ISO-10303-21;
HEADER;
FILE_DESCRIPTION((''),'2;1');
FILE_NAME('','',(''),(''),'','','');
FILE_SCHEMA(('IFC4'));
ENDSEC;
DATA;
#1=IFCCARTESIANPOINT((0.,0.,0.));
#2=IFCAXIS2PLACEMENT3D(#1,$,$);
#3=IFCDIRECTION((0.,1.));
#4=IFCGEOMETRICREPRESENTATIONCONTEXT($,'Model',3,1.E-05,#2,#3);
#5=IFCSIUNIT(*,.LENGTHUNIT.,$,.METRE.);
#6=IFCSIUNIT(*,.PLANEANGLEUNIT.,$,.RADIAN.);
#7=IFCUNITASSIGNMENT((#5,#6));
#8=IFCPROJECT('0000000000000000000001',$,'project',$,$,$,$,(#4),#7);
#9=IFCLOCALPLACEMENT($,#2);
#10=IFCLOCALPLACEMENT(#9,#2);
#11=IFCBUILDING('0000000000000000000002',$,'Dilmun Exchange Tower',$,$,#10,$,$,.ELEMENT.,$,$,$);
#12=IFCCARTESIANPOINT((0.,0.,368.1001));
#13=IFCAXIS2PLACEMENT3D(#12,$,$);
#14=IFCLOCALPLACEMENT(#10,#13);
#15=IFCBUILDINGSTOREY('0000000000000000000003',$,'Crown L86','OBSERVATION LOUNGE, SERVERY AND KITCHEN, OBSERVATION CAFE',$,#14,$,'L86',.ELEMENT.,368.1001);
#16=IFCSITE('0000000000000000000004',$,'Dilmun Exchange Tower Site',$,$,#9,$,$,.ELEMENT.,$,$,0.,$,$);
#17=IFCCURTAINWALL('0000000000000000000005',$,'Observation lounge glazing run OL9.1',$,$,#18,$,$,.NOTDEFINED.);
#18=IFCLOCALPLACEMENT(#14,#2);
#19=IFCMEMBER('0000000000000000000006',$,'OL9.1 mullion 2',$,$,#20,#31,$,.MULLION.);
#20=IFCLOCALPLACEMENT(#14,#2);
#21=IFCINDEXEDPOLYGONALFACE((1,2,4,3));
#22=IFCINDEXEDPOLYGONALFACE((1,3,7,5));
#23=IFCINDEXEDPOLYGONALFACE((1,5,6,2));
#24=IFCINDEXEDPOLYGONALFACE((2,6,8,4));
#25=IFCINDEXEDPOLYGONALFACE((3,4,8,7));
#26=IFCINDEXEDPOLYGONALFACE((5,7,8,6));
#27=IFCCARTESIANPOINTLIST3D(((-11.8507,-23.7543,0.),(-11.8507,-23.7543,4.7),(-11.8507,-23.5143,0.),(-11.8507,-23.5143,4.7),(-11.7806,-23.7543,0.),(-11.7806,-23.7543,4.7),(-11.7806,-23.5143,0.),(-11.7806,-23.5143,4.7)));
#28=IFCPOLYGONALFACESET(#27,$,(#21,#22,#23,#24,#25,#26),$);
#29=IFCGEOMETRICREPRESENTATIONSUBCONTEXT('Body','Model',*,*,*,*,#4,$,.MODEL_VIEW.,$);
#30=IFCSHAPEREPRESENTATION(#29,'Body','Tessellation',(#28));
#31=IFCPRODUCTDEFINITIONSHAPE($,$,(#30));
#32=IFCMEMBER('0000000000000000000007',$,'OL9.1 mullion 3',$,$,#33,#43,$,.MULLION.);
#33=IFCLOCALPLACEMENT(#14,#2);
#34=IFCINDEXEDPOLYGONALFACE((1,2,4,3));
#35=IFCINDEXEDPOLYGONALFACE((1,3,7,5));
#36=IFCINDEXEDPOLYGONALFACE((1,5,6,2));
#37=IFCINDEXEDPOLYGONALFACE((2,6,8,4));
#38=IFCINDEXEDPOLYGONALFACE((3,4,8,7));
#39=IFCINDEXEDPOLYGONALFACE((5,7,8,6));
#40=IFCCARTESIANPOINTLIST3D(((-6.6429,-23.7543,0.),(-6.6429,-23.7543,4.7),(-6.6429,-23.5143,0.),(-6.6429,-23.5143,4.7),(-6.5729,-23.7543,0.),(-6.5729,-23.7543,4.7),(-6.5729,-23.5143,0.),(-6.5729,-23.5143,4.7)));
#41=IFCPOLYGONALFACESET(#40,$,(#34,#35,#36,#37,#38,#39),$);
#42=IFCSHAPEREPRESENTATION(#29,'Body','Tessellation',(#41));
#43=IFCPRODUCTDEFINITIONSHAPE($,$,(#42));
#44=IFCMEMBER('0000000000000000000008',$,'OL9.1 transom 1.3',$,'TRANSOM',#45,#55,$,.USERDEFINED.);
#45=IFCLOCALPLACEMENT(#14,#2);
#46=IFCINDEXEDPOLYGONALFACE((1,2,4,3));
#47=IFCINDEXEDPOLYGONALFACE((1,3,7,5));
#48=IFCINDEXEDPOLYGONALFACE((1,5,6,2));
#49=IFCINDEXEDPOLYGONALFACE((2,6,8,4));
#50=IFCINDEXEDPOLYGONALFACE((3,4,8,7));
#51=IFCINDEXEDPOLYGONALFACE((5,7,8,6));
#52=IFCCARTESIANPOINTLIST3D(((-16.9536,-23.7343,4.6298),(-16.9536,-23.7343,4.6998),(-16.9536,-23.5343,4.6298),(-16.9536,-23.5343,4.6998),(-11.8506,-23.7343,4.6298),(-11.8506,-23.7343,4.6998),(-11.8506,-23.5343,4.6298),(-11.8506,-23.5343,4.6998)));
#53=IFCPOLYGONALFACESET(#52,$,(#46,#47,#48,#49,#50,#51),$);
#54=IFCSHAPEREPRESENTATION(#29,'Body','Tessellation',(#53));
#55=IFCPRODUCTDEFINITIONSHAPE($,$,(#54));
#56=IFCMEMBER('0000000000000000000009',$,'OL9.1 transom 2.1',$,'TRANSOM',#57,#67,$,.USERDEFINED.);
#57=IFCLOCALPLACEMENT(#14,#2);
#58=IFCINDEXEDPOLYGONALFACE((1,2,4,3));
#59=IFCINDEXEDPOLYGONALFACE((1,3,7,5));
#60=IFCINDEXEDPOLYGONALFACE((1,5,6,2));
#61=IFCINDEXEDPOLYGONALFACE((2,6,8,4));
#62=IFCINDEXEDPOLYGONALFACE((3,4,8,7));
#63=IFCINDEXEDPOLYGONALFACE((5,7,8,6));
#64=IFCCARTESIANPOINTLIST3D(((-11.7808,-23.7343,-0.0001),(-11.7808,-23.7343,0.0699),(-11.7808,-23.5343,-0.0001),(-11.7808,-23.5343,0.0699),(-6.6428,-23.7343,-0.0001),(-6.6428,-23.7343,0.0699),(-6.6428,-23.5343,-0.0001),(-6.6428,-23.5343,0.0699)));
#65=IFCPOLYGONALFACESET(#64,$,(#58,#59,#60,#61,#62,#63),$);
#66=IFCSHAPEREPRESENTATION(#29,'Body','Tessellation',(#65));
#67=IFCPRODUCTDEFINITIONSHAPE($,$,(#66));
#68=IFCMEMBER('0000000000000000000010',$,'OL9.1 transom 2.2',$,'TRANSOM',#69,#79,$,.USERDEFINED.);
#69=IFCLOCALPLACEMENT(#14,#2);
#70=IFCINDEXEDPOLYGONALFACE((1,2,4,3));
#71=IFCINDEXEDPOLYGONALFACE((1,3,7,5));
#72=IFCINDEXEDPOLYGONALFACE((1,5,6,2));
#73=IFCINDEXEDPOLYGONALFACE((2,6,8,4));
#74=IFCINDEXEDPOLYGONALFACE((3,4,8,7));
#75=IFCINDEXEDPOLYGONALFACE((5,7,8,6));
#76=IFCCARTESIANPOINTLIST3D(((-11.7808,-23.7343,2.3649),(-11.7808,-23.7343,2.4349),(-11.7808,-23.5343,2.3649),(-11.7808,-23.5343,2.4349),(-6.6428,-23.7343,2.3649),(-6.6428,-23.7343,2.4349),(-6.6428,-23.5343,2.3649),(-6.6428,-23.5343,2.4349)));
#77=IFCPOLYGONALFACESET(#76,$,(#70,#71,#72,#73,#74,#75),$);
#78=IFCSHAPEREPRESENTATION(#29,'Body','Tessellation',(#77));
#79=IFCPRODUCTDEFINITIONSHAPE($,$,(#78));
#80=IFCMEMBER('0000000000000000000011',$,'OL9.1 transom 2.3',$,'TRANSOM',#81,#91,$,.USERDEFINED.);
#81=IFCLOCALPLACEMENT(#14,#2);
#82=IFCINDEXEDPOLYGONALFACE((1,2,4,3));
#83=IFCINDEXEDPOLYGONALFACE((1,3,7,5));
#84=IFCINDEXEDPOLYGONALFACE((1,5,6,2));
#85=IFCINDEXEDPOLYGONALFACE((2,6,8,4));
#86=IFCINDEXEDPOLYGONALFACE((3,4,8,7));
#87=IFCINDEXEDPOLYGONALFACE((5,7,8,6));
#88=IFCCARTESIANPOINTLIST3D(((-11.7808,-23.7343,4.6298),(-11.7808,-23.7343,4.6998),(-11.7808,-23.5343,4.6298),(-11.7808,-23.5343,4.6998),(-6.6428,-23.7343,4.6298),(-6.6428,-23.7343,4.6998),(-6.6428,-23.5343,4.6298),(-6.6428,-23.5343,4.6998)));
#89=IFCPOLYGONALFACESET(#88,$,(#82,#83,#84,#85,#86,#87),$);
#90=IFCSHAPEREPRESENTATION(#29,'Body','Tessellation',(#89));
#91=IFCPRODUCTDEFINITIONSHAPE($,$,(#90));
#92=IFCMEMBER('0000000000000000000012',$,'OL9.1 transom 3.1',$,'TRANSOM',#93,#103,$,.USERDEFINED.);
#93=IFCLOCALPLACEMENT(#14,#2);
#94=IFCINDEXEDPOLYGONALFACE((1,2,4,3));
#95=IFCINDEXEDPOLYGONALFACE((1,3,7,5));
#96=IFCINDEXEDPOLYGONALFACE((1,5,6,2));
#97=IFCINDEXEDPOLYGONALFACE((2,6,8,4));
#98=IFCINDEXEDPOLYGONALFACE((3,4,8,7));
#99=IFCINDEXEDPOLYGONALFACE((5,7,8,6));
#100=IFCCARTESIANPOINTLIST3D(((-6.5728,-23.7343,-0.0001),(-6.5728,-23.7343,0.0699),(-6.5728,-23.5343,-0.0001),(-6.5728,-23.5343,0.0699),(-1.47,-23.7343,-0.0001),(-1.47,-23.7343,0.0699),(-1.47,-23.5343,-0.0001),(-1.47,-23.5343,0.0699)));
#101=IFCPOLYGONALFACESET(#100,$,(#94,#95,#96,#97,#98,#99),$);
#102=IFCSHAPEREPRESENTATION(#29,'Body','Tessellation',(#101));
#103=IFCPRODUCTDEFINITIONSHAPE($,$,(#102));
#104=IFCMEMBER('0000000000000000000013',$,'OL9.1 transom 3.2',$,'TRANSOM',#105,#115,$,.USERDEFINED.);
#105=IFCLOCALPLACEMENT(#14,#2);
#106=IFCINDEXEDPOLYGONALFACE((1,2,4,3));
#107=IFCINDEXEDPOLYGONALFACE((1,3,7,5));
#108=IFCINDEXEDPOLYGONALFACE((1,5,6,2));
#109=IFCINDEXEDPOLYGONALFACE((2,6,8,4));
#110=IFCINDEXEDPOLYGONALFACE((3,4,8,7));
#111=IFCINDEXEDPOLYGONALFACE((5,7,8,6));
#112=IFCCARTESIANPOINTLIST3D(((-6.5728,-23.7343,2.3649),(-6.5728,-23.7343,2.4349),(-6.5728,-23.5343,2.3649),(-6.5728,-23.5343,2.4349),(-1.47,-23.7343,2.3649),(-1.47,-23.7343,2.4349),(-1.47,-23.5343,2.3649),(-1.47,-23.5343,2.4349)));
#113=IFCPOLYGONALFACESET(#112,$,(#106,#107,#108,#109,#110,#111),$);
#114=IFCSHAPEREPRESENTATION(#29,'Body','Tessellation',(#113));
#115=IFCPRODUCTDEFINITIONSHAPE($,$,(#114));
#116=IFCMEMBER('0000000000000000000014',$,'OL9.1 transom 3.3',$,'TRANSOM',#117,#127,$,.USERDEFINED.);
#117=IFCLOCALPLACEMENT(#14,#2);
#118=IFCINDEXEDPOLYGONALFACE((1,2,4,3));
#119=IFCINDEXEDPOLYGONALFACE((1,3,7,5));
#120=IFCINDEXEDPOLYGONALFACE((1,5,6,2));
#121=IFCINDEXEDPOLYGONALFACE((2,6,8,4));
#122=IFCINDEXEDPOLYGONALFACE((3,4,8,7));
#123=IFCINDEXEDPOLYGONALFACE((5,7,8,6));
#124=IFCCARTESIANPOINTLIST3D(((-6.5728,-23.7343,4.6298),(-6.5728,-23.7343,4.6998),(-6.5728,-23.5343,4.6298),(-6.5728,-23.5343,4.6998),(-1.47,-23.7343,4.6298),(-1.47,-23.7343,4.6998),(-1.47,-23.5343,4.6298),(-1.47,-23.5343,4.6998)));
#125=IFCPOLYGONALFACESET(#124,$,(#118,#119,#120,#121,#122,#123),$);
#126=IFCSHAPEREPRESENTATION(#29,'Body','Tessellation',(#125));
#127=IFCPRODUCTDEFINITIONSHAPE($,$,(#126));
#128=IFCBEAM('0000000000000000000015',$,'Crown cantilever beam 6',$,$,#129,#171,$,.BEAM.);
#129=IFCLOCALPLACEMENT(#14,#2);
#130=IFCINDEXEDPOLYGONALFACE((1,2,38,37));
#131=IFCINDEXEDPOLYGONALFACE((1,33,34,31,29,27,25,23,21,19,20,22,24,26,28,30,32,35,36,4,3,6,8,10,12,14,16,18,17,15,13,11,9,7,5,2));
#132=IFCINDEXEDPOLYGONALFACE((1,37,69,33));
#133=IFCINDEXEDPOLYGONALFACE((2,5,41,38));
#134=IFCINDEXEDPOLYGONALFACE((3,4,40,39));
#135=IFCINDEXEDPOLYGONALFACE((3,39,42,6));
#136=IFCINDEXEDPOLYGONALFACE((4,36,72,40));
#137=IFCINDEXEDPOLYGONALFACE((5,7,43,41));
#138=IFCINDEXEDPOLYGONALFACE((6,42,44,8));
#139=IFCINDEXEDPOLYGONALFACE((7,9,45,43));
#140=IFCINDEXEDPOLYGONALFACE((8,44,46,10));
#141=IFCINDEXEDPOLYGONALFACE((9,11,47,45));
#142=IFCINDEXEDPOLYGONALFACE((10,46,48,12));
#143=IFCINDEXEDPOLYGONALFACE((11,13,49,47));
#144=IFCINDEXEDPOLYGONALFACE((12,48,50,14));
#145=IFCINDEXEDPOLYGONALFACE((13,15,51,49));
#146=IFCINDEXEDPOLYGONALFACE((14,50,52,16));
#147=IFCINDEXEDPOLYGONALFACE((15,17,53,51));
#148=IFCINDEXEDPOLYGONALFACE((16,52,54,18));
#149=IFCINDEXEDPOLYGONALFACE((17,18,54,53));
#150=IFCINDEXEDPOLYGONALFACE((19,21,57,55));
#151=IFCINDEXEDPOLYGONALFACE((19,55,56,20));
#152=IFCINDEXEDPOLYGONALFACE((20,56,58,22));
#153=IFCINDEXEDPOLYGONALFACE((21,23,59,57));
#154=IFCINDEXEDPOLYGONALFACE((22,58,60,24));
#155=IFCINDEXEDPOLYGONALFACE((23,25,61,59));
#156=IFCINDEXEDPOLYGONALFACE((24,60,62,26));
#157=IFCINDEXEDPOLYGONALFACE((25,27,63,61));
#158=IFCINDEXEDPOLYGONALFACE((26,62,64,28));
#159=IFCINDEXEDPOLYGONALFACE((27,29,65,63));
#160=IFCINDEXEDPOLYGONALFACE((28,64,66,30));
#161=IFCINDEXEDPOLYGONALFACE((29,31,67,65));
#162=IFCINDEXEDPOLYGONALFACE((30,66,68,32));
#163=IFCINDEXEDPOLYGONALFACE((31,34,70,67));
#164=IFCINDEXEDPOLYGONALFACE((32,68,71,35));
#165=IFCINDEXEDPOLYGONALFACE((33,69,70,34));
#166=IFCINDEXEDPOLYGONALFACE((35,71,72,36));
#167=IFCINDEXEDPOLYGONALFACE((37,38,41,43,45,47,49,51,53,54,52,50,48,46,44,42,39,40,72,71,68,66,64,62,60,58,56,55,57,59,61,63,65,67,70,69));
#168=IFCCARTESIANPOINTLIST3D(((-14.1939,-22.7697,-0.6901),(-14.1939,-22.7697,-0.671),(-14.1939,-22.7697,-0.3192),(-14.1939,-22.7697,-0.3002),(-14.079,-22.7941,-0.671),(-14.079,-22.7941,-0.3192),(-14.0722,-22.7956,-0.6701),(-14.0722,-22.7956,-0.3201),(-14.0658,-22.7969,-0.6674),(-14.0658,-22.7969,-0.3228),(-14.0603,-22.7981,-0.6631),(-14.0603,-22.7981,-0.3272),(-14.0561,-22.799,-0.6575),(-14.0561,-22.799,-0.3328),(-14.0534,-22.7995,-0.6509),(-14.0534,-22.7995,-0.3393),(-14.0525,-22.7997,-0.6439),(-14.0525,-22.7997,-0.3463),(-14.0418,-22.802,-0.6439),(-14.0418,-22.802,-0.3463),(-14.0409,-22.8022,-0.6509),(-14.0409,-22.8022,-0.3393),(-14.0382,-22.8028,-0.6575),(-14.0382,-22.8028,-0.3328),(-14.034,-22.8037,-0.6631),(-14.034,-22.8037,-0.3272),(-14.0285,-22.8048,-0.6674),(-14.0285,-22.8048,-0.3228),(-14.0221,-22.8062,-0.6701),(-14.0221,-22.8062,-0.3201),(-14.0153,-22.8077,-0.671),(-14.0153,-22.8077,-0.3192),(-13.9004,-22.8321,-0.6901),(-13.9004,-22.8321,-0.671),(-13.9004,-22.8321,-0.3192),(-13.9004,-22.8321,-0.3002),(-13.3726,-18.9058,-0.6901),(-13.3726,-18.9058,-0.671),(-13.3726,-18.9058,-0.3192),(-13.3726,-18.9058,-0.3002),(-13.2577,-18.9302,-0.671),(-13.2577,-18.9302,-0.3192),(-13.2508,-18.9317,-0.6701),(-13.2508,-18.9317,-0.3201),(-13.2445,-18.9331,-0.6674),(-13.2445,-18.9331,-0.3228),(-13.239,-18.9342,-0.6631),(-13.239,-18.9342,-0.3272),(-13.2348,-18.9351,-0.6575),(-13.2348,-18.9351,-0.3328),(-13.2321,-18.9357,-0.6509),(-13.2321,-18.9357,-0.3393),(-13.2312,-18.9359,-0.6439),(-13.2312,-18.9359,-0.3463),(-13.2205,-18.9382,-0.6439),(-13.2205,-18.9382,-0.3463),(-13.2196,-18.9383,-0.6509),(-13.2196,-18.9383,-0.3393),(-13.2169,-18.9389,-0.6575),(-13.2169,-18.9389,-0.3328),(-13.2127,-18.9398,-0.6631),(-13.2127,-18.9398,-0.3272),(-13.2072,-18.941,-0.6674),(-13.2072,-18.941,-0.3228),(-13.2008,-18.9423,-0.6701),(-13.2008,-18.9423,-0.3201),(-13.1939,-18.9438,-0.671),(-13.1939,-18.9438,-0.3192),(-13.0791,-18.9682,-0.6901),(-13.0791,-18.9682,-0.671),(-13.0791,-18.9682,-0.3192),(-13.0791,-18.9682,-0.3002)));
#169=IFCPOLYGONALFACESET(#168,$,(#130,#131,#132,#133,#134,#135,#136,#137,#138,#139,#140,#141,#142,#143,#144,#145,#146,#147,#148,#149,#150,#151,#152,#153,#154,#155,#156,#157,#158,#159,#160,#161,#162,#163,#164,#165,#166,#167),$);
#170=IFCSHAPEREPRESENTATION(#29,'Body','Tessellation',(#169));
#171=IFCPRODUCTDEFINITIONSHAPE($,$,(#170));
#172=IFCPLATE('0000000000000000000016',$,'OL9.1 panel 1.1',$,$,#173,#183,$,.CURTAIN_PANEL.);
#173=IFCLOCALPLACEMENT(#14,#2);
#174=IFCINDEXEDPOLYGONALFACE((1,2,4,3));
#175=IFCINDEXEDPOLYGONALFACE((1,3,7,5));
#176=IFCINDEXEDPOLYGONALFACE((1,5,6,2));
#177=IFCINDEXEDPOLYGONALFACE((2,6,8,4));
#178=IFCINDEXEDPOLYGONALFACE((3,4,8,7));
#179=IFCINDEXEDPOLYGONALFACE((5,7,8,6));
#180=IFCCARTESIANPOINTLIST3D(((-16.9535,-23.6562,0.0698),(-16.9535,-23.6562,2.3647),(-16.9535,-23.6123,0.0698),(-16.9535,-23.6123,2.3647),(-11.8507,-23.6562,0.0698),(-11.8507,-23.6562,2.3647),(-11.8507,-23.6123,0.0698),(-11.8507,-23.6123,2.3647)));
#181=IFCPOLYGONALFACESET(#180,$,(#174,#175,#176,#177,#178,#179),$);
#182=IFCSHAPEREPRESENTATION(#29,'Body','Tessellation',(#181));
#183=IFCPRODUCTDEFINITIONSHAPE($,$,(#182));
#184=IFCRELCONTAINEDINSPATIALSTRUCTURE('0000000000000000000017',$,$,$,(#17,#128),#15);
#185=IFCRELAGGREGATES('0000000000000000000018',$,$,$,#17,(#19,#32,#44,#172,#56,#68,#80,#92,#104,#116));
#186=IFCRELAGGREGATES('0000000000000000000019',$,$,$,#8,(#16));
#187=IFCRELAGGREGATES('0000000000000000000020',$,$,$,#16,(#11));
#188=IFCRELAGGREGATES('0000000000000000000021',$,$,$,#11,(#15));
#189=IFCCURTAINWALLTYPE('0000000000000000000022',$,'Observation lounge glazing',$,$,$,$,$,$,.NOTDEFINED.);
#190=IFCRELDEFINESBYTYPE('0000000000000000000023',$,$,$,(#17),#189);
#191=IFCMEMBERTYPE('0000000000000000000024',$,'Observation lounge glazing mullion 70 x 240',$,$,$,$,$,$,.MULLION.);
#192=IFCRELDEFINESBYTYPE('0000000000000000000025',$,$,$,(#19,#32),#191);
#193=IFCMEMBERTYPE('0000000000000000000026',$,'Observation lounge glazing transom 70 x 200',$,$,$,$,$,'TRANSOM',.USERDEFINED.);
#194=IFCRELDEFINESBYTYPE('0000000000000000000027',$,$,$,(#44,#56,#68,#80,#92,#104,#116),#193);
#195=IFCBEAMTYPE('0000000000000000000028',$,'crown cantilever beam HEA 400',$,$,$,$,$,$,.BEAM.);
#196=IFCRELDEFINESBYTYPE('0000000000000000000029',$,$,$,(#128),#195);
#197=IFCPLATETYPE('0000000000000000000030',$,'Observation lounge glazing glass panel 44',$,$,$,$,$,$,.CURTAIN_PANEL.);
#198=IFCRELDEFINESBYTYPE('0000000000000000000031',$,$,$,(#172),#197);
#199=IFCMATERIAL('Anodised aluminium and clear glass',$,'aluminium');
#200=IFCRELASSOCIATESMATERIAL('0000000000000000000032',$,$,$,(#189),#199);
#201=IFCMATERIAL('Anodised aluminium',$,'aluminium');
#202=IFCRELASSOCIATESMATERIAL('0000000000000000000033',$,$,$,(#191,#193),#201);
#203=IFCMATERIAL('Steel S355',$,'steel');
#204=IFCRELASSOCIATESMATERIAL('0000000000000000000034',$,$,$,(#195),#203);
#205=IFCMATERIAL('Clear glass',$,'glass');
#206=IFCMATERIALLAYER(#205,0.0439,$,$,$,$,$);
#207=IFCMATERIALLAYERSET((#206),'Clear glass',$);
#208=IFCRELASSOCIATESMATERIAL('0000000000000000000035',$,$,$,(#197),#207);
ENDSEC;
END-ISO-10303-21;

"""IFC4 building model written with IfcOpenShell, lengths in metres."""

from ifc_helpers import new_model, si_unit, direction, frame, origin, origin_2d, place, context, subcontext, project, spatial, rectangle, i_section, extrude, material, layer, layer_set, material_profile, profile_set, type_object, element, aggregate, save


model = new_model("IFC4")

# Units and contexts
model_context = context("Model", 3, precision=1e-05, world=origin(), true_north=direction((0.0, 1.0)))
body_context = subcontext(model_context, "Body", "Model", "MODEL_VIEW")
ifc_project = project(units=[si_unit("LENGTHUNIT", "METRE"), si_unit("PLANEANGLEUNIT", "RADIAN")], contexts=[model_context])

# Site, building, storey
site_placement = place(None, origin())
site = spatial("IfcSite", under=ifc_project, at=site_placement, Name="Dilmun Exchange Tower Site", CompositionType="ELEMENT", RefElevation=0.0)
building_placement = place(site_placement, origin())
building = spatial("IfcBuilding", under=site, at=building_placement, Name="Dilmun Exchange Tower", CompositionType="ELEMENT")
storey_placement = place(building_placement, frame((0.0, 0.0, 368.1001)))
storey = spatial("IfcBuildingStorey", under=building, at=storey_placement, Name="Crown L86", Description="OBSERVATION LOUNGE, SERVERY AND KITCHEN, OBSERVATION CAFE", LongName="L86", CompositionType="ELEMENT", Elevation=368.1001)

# Shared definitions
ifc_material_1 = material(Name="Steel S355", Category="steel")

# Curtain wall, members
ifc_material_2 = material(Name="Anodised aluminium and clear glass", Category="aluminium")
curtain_wall_type = type_object("IfcCurtainWallType", Name="Observation lounge glazing", PredefinedType="NOTDEFINED", material=ifc_material_2)
curtain_wall_placement = place(storey_placement, origin())
curtain_wall = element("IfcCurtainWall", 1, at=curtain_wall_placement, inside=storey, type_object=curtain_wall_type, Name="Observation lounge glazing run OL9.1", PredefinedType="NOTDEFINED")
ifc_material_3 = material(Name="Anodised aluminium", Category="aluminium")
ifc_material_profile_1 = material_profile(ifc_material_3, rectangle(XDim=0.24, YDim=0.0701, at=origin_2d()), Name="AL 70x240")
ifc_profile_set_1 = profile_set([ifc_material_profile_1], Name="Anodised aluminium")
member_type_1 = type_object("IfcMemberType", Name="Observation lounge glazing mullion 70 x 240", PredefinedType="MULLION", material=ifc_profile_set_1)
member_1_placement = place(storey_placement, frame((-11.8157, -23.6343, 0.0), z_axis=(0.0, 0.0, 1.0), x_axis=(0.0, 1.0, 0.0)))
member_1 = element("IfcMember", 2, at=member_1_placement, type_object=member_type_1, Name="OL9.1 mullion 2", PredefinedType="MULLION", context=body_context, shape_type="SweptSolid", body=[
    extrude(rectangle(XDim=0.24, YDim=0.0701, at=origin_2d()), origin(), (0.0, 0.0, 1.0), 4.7),
])
member_2_placement = place(storey_placement, frame((-6.6079, -23.6343, 0.0), z_axis=(0.0, 0.0, 1.0), x_axis=(0.0, 1.0, 0.0)))
member_2 = element("IfcMember", 3, at=member_2_placement, type_object=member_type_1, Name="OL9.1 mullion 3", PredefinedType="MULLION", context=body_context, shape_type="SweptSolid", body=[
    extrude(rectangle(XDim=0.24, YDim=0.0701, at=origin_2d()), origin(), (0.0, 0.0, 1.0), 4.7),
])
ifc_material_profile_2 = material_profile(ifc_material_3, rectangle(XDim=0.2, YDim=0.0701, at=origin_2d()), Name="AL 70x200")
ifc_profile_set_2 = profile_set([ifc_material_profile_2], Name="Anodised aluminium")
member_type_2 = type_object("IfcMemberType", Name="Observation lounge glazing transom 70 x 200", ElementType="TRANSOM", PredefinedType="USERDEFINED", material=ifc_profile_set_2)
member_3_placement = place(storey_placement, frame((-16.9536, -23.6343, 4.6648), z_axis=(1.0, 0.0, 0.0), x_axis=(0.0, 1.0, 0.0)))
member_3 = element("IfcMember", 4, at=member_3_placement, type_object=member_type_2, Name="OL9.1 transom 1.3", ObjectType="TRANSOM", PredefinedType="USERDEFINED", context=body_context, shape_type="SweptSolid", body=[
    extrude(rectangle(XDim=0.2, YDim=0.0701, at=origin_2d()), origin(), (0.0, 0.0, 1.0), 5.103),
])
member_4_placement = place(storey_placement, frame((-11.7808, -23.6343, 0.0349), z_axis=(1.0, 0.0, 0.0), x_axis=(0.0, 1.0, 0.0)))
member_4 = element("IfcMember", 5, at=member_4_placement, type_object=member_type_2, Name="OL9.1 transom 2.1", ObjectType="TRANSOM", PredefinedType="USERDEFINED", context=body_context, shape_type="SweptSolid", body=[
    extrude(rectangle(XDim=0.2, YDim=0.0701, at=origin_2d()), origin(), (0.0, 0.0, 1.0), 5.1379),
])
member_5_placement = place(storey_placement, frame((-11.7808, -23.6343, 2.3999), z_axis=(1.0, 0.0, 0.0), x_axis=(0.0, 1.0, 0.0)))
member_5 = element("IfcMember", 6, at=member_5_placement, type_object=member_type_2, Name="OL9.1 transom 2.2", ObjectType="TRANSOM", PredefinedType="USERDEFINED", context=body_context, shape_type="SweptSolid", body=[
    extrude(rectangle(XDim=0.2, YDim=0.0701, at=origin_2d()), origin(), (0.0, 0.0, 1.0), 5.1379),
])
member_6_placement = place(storey_placement, frame((-11.7808, -23.6343, 4.6648), z_axis=(1.0, 0.0, 0.0), x_axis=(0.0, 1.0, 0.0)))
member_6 = element("IfcMember", 7, at=member_6_placement, type_object=member_type_2, Name="OL9.1 transom 2.3", ObjectType="TRANSOM", PredefinedType="USERDEFINED", context=body_context, shape_type="SweptSolid", body=[
    extrude(rectangle(XDim=0.2, YDim=0.0701, at=origin_2d()), origin(), (0.0, 0.0, 1.0), 5.1379),
])
member_7_placement = place(storey_placement, frame((-6.5728, -23.6343, 0.0349), z_axis=(1.0, 0.0, 0.0), x_axis=(0.0, 1.0, 0.0)))
member_7 = element("IfcMember", 8, at=member_7_placement, type_object=member_type_2, Name="OL9.1 transom 3.1", ObjectType="TRANSOM", PredefinedType="USERDEFINED", context=body_context, shape_type="SweptSolid", body=[
    extrude(rectangle(XDim=0.2, YDim=0.0701, at=origin_2d()), origin(), (0.0, 0.0, 1.0), 5.1028),
])
member_8_placement = place(storey_placement, frame((-6.5728, -23.6343, 2.3999), z_axis=(1.0, 0.0, 0.0), x_axis=(0.0, 1.0, 0.0)))
member_8 = element("IfcMember", 9, at=member_8_placement, type_object=member_type_2, Name="OL9.1 transom 3.2", ObjectType="TRANSOM", PredefinedType="USERDEFINED", context=body_context, shape_type="SweptSolid", body=[
    extrude(rectangle(XDim=0.2, YDim=0.0701, at=origin_2d()), origin(), (0.0, 0.0, 1.0), 5.1028),
])
member_9_placement = place(storey_placement, frame((-6.5728, -23.6343, 4.6648), z_axis=(1.0, 0.0, 0.0), x_axis=(0.0, 1.0, 0.0)))
member_9 = element("IfcMember", 10, at=member_9_placement, type_object=member_type_2, Name="OL9.1 transom 3.3", ObjectType="TRANSOM", PredefinedType="USERDEFINED", context=body_context, shape_type="SweptSolid", body=[
    extrude(rectangle(XDim=0.2, YDim=0.0701, at=origin_2d()), origin(), (0.0, 0.0, 1.0), 5.1028),
])

# Beam
ifc_material_profile_3 = material_profile(ifc_material_1, i_section(OverallWidth=0.3, OverallDepth=0.3899, WebThickness=0.011, FlangeThickness=0.019, FilletRadius=0.0271, at=origin_2d()), Name="HEA 400")
ifc_profile_set_3 = profile_set([ifc_material_profile_3], Name="Steel S355")
beam_type_1 = type_object("IfcBeamType", Name="crown cantilever beam HEA 400", PredefinedType="BEAM", material=ifc_profile_set_3)
beam_1_placement = place(storey_placement, frame((-13.2258, -18.937, -0.4951), z_axis=(-0.207916, -0.978147, 0.0), x_axis=(0.978147, -0.207916, 0.0)))
element("IfcBeam", 11, at=beam_1_placement, inside=storey, type_object=beam_type_1, Name="Crown cantilever beam 6", PredefinedType="BEAM", context=body_context, shape_type="SweptSolid", body=[
    extrude(i_section(OverallWidth=0.3, OverallDepth=0.3899, WebThickness=0.011, FlangeThickness=0.019, FilletRadius=0.0271, at=origin_2d()), origin(), (0.0, 0.0, 1.0), 3.9502),
])

# Plate
ifc_material_4 = material(Name="Clear glass", Category="glass")
ifc_layer_1 = layer(ifc_material_4, 0.0439)
ifc_layer_set_1 = layer_set([ifc_layer_1], Name="Clear glass")
plate_type = type_object("IfcPlateType", Name="Observation lounge glazing glass panel 44", PredefinedType="CURTAIN_PANEL", material=ifc_layer_set_1)
plate_1_placement = place(storey_placement, frame((-14.4021, -23.6343, 0.0698), z_axis=(0.0, 0.0, 1.0), x_axis=(1.0, 0.0, 0.0)))
plate_1 = element("IfcPlate", 12, at=plate_1_placement, type_object=plate_type, Name="OL9.1 panel 1.1", PredefinedType="CURTAIN_PANEL", context=body_context, shape_type="SweptSolid", body=[
    extrude(rectangle(XDim=5.1028, YDim=0.0439, at=origin_2d()), origin(), (0.0, 0.0, 1.0), 2.2949),
])
aggregate(curtain_wall, [member_1, member_2, member_3, plate_1, member_4, member_5, member_6, member_7, member_8, member_9])

save(model, "model.ifc")
